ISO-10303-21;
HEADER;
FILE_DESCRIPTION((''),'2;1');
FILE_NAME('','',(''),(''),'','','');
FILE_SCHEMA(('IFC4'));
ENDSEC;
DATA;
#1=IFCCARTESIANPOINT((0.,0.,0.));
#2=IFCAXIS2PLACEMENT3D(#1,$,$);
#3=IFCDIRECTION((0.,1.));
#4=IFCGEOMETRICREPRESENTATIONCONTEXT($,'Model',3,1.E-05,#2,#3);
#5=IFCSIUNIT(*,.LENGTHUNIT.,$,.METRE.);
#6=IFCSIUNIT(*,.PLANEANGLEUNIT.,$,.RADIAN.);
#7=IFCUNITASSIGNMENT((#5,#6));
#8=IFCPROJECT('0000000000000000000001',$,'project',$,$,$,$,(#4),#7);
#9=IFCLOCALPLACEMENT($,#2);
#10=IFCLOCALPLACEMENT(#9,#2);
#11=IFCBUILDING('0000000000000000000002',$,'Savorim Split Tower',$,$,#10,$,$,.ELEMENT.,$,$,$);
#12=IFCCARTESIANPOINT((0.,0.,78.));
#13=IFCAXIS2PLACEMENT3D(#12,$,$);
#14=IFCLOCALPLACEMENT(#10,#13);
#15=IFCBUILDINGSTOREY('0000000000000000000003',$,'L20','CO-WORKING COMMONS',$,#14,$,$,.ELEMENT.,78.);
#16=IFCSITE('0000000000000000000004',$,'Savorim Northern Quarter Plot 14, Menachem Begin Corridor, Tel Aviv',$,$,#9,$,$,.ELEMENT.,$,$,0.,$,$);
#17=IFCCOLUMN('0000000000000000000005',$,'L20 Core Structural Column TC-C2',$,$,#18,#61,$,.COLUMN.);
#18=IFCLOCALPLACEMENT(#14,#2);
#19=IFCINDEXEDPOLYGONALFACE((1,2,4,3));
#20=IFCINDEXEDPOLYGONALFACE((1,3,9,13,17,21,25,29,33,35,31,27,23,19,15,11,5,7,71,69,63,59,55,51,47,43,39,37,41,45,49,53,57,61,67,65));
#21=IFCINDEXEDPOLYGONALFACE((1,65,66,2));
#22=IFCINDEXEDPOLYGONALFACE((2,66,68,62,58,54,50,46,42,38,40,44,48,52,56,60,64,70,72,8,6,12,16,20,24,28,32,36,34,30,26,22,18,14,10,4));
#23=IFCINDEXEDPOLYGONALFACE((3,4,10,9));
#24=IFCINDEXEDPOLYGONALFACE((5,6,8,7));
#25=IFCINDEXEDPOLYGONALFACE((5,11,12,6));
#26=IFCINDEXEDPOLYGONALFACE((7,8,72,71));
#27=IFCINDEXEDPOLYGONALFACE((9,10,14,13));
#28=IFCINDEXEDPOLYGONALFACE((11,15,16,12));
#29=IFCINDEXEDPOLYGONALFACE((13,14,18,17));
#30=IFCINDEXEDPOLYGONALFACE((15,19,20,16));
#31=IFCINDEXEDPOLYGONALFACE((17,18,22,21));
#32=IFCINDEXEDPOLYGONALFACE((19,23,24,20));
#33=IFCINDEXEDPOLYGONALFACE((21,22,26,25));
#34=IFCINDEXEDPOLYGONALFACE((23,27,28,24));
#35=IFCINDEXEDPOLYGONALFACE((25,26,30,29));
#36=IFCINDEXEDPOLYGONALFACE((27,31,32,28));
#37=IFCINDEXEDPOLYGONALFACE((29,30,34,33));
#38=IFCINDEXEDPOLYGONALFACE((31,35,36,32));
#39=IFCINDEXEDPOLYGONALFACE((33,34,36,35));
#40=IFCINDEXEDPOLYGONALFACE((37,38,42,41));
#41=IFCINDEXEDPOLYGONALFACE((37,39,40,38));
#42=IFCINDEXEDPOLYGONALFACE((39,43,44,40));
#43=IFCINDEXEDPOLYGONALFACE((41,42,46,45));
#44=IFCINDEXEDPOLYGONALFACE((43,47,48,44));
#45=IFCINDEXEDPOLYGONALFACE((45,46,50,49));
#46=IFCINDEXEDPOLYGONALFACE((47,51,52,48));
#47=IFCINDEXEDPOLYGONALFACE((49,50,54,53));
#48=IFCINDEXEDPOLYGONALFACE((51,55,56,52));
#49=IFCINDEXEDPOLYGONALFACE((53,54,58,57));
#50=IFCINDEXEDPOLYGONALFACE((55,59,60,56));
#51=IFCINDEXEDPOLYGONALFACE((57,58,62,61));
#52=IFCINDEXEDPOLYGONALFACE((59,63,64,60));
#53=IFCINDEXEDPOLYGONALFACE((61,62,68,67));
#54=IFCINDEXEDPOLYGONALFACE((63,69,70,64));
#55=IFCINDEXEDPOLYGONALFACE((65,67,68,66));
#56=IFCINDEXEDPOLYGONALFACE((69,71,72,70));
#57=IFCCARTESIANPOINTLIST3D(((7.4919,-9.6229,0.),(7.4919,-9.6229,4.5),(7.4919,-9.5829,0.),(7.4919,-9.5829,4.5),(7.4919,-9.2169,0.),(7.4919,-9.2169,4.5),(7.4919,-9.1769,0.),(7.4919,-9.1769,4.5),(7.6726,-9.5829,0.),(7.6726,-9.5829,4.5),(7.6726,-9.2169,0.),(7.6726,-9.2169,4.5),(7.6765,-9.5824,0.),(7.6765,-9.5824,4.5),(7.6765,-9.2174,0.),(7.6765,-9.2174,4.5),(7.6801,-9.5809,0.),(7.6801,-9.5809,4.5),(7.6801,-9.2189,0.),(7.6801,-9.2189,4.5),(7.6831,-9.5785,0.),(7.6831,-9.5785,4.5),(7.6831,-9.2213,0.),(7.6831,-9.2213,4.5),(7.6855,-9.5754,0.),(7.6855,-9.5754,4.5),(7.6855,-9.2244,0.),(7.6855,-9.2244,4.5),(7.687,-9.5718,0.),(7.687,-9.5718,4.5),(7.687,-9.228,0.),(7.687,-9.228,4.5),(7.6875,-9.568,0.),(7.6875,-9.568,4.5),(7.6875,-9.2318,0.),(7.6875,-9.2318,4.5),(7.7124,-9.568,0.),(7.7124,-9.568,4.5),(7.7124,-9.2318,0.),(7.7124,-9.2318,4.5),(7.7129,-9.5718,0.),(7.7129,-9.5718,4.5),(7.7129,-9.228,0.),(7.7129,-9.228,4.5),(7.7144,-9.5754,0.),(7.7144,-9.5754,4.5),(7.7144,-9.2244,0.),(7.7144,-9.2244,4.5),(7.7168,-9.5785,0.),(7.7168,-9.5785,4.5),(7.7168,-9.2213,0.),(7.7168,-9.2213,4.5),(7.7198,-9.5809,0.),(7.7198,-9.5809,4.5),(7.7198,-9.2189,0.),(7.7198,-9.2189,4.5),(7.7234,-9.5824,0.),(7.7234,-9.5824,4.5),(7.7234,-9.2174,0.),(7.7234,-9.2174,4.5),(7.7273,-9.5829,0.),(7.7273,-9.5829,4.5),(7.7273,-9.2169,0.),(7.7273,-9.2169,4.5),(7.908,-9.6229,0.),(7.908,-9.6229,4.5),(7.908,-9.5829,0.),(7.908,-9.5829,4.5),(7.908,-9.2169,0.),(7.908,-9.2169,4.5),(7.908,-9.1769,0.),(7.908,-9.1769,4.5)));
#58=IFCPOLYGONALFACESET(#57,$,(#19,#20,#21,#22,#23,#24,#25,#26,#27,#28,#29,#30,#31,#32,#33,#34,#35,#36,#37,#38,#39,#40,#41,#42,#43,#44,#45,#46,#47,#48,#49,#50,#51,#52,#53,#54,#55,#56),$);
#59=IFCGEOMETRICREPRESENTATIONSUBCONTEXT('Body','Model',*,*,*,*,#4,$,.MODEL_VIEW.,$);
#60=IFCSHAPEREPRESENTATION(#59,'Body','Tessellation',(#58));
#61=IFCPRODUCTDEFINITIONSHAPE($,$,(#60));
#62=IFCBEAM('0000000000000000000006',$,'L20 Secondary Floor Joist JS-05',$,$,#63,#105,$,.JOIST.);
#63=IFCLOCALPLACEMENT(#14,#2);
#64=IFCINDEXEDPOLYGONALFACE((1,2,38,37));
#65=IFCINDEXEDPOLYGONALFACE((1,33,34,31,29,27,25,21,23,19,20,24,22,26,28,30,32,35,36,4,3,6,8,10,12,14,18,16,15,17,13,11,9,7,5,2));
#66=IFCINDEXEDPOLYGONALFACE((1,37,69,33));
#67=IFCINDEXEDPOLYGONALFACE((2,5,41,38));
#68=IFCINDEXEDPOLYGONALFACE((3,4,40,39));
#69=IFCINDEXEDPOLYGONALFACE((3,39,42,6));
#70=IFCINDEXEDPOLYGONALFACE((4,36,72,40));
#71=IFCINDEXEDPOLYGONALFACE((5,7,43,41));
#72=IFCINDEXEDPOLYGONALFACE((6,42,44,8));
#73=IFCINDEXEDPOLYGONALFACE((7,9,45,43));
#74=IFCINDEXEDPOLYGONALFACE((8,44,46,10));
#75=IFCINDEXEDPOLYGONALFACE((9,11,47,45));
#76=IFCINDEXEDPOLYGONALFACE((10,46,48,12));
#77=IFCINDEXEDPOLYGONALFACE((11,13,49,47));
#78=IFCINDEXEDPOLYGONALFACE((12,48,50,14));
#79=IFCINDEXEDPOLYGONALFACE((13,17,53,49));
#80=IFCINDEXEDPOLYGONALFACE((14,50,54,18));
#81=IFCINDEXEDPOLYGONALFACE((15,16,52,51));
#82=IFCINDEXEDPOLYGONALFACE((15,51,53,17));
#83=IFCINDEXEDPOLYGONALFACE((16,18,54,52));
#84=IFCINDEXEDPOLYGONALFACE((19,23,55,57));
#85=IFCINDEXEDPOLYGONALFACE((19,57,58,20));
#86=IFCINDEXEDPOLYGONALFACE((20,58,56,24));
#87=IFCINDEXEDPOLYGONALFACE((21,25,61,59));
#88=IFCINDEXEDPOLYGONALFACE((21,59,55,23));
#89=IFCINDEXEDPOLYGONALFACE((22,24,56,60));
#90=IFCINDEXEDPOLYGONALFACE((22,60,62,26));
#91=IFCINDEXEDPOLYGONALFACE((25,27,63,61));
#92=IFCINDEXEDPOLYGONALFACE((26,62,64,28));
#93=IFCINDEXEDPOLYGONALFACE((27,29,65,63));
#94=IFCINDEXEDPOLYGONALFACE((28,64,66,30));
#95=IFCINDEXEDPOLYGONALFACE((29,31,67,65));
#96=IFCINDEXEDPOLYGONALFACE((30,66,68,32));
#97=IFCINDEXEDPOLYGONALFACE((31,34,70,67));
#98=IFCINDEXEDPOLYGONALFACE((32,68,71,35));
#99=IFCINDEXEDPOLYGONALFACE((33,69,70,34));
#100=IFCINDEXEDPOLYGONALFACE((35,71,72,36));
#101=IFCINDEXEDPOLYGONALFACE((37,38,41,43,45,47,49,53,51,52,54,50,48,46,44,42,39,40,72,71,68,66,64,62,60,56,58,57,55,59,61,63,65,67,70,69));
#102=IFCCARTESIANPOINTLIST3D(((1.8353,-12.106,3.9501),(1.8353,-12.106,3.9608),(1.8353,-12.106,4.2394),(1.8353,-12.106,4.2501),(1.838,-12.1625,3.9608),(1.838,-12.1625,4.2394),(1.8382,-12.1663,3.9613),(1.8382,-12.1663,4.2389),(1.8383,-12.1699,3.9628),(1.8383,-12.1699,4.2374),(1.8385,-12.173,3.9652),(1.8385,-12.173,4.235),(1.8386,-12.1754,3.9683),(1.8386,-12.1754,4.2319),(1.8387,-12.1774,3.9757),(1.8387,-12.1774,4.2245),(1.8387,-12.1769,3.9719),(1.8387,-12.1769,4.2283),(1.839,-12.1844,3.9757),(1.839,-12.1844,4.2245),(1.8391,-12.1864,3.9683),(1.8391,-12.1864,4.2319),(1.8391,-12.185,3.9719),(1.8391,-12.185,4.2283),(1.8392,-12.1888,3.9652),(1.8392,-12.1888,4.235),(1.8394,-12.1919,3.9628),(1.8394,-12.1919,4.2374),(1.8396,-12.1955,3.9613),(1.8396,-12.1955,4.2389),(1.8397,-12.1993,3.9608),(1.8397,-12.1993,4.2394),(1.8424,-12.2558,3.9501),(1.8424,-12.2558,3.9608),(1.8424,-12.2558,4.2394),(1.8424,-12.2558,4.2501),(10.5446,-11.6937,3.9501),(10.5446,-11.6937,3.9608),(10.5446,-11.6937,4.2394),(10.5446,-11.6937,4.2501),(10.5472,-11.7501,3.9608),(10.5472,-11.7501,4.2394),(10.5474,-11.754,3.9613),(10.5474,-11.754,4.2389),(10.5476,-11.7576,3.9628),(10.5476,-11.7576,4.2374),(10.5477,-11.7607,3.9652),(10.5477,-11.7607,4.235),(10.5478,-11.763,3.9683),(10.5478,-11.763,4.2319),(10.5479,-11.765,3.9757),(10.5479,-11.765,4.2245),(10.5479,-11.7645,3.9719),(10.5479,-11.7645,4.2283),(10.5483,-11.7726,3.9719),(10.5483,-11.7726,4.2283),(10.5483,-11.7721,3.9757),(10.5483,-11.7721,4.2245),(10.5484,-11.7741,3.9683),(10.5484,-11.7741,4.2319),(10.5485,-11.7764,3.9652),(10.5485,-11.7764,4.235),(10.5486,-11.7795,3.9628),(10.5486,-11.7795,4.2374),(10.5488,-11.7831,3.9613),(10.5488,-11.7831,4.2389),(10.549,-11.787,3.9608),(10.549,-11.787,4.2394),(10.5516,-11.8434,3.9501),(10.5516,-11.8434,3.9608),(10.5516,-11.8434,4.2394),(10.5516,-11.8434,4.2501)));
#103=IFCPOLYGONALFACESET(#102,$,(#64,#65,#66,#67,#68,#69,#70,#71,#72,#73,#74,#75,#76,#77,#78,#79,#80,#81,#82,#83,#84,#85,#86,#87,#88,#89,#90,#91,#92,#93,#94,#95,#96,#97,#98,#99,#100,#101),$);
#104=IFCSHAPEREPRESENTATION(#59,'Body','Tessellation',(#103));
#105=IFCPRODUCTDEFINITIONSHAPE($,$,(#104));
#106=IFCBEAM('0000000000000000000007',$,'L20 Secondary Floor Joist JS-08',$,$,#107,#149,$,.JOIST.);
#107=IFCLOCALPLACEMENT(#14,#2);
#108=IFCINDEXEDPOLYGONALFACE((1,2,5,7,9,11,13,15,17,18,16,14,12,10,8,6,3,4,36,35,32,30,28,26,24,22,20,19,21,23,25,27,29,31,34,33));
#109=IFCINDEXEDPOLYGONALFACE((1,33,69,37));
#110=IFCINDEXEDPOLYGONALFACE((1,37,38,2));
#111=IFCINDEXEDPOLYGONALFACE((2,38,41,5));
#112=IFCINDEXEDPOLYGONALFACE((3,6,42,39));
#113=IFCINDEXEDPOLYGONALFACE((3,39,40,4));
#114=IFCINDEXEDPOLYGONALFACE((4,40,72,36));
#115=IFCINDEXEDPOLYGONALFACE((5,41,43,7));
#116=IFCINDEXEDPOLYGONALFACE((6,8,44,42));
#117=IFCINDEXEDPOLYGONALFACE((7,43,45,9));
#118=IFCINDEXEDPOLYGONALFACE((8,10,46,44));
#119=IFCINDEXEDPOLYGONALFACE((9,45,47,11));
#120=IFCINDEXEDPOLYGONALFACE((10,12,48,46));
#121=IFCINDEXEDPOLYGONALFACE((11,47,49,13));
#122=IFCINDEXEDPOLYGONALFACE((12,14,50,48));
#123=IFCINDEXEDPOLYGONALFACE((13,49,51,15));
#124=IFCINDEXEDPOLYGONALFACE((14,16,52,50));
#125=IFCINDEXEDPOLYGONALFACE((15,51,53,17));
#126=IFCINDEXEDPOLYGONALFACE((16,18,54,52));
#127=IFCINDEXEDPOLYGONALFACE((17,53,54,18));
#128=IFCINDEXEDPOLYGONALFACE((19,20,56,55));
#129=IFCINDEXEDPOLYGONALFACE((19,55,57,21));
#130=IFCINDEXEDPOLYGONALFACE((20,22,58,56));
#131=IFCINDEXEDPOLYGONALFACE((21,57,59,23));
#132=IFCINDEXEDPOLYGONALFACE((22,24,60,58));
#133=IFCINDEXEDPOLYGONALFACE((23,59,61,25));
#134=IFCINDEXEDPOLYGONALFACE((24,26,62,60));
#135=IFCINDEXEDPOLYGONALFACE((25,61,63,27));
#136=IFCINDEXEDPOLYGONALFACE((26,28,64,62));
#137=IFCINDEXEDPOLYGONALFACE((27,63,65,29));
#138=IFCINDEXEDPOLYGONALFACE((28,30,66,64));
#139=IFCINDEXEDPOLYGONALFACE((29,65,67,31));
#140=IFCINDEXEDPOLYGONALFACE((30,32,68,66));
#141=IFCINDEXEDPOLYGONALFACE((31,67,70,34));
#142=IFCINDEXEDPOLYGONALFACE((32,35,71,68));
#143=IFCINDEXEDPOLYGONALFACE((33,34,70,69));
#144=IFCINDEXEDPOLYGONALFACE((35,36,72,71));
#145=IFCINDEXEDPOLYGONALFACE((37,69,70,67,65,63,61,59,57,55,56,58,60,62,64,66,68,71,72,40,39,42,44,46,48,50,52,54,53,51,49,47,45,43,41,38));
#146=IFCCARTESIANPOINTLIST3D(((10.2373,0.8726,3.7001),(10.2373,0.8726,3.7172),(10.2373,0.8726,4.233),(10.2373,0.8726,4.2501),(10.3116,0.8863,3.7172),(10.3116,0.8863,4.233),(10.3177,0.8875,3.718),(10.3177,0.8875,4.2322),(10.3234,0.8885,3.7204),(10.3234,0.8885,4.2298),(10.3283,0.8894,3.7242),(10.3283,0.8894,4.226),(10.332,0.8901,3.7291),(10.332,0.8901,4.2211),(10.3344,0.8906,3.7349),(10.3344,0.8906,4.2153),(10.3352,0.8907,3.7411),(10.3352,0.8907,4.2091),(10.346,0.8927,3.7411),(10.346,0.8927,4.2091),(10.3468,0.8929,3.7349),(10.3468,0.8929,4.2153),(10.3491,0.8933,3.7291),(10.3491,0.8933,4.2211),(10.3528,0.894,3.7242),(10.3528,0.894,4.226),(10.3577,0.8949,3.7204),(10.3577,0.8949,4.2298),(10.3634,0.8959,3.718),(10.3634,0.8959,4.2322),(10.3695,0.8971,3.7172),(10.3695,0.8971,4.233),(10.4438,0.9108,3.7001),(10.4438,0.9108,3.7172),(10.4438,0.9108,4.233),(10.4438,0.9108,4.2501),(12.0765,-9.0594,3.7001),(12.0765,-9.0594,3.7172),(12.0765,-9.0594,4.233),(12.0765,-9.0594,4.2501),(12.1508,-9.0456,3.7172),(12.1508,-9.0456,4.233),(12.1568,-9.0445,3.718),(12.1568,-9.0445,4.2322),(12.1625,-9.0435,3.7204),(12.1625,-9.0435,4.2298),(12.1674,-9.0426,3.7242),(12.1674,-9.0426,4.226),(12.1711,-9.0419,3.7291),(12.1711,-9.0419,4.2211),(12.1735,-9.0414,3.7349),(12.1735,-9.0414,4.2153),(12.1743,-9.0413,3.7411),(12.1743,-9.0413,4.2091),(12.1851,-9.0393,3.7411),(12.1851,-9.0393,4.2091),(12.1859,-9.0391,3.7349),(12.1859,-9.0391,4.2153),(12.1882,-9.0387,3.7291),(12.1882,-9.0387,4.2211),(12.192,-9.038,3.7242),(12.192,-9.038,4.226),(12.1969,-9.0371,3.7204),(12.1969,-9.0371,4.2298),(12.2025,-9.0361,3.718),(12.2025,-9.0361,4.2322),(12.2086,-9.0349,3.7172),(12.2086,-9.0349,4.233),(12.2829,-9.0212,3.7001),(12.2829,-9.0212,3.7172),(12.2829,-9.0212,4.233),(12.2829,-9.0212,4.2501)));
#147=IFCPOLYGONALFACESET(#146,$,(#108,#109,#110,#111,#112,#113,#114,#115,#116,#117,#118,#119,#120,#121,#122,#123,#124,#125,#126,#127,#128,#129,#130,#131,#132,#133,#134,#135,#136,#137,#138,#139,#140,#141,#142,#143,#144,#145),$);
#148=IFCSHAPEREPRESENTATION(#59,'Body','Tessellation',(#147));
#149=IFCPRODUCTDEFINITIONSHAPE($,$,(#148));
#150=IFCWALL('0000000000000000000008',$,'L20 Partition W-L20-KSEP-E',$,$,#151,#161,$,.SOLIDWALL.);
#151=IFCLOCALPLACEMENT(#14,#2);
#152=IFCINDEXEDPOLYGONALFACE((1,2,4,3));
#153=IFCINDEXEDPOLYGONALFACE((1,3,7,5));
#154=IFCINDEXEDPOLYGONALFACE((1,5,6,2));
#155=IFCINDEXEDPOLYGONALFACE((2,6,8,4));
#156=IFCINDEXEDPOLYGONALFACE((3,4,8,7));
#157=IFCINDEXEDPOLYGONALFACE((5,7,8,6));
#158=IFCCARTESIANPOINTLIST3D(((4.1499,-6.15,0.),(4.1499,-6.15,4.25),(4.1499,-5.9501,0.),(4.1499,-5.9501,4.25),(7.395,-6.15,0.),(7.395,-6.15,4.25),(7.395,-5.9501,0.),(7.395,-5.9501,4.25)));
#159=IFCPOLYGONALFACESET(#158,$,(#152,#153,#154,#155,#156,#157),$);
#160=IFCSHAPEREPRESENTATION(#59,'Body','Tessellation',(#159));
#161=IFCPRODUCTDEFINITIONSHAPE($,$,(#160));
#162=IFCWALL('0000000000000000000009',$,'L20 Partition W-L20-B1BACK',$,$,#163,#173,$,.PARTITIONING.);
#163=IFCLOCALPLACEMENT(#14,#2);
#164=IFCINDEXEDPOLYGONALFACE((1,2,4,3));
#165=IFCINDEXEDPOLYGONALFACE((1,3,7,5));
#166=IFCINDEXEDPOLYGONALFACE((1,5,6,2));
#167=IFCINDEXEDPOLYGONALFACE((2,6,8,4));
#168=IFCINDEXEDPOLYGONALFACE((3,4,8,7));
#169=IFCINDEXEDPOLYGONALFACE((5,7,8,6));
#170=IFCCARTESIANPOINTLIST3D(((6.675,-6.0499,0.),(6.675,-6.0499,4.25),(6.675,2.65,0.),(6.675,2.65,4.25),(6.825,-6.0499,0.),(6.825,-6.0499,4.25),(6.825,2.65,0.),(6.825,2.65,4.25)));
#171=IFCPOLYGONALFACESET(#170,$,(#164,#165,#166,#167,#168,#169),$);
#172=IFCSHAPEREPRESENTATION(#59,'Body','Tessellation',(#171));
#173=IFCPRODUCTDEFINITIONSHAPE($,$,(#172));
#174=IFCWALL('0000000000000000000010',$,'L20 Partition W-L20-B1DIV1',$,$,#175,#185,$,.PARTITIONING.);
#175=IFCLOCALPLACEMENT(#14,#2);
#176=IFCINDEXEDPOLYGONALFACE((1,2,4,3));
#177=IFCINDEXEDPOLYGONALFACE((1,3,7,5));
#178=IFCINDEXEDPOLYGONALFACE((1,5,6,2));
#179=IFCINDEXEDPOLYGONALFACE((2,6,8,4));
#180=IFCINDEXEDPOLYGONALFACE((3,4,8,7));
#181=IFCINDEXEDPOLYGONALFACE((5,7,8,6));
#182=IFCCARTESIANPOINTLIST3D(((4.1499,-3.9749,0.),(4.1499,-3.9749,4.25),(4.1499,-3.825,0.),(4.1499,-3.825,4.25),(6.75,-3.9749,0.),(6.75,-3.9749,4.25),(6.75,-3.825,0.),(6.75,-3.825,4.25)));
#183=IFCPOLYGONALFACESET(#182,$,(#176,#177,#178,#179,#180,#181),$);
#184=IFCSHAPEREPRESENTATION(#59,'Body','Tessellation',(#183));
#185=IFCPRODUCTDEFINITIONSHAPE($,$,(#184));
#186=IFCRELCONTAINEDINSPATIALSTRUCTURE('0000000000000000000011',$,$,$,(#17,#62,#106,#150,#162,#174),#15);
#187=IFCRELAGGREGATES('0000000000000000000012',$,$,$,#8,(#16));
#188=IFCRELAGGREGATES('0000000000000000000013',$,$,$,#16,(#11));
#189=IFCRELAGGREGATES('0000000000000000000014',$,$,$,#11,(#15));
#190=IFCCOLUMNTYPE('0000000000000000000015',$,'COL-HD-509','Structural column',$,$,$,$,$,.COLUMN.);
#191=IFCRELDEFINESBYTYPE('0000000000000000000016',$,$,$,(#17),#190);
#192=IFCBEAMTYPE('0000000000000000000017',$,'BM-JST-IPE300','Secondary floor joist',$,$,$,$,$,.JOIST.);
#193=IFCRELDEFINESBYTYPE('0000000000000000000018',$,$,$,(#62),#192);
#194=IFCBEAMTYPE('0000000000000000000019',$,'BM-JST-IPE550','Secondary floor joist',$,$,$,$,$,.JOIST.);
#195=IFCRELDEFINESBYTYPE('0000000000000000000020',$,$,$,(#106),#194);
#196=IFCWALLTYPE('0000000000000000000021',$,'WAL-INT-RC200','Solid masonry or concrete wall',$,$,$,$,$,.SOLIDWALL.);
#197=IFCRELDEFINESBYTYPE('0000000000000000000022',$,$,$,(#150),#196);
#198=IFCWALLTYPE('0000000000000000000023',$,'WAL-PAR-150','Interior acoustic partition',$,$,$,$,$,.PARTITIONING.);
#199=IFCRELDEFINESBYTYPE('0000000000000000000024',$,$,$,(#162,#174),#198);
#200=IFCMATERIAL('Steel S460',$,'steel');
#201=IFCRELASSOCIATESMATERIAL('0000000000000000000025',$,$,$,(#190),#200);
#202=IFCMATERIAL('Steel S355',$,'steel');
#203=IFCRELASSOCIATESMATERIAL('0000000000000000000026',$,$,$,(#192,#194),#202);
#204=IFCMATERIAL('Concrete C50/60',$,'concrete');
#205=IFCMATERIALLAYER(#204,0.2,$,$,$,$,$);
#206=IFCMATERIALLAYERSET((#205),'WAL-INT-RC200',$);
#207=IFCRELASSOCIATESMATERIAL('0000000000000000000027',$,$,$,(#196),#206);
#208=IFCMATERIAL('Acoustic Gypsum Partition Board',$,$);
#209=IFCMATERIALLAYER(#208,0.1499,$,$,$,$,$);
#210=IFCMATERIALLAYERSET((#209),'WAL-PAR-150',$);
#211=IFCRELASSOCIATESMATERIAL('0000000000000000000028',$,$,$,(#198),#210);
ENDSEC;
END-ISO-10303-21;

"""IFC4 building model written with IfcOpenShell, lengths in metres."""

from ifc_helpers import new_model, si_unit, direction, frame, frame_2d, origin, origin_2d, place, context, subcontext, project, spatial, rectangle, i_section, extrude, material, layer, layer_set, material_profile, profile_set, type_object, element, save


model = new_model("IFC4")

# Units and contexts
model_context = context("Model", 3, precision=1e-05, world=origin(), true_north=direction((0.0, 1.0)))
body_context = subcontext(model_context, "Body", "Model", "MODEL_VIEW")
ifc_project = project(units=[si_unit("LENGTHUNIT", "METRE"), si_unit("PLANEANGLEUNIT", "RADIAN")], contexts=[model_context])

# Site, building, storey
site_placement = place(None, origin())
site = spatial("IfcSite", under=ifc_project, at=site_placement, Name="Savorim Northern Quarter Plot 14, Menachem Begin Corridor, Tel Aviv", CompositionType="ELEMENT", RefElevation=0.0)
building_placement = place(site_placement, origin())
building = spatial("IfcBuilding", under=site, at=building_placement, Name="Savorim Split Tower", CompositionType="ELEMENT")
storey_placement = place(building_placement, frame((0.0, 0.0, 78.0)))
storey = spatial("IfcBuildingStorey", under=building, at=storey_placement, Name="L20", Description="CO-WORKING COMMONS", CompositionType="ELEMENT", Elevation=78.0)

# Column
ifc_material_1 = material(Name="Steel S460", Category="steel")
ifc_material_profile_1 = material_profile(ifc_material_1, i_section(OverallWidth=0.416, OverallDepth=0.446, WebThickness=0.0249, FlangeThickness=0.04, FilletRadius=0.0149, at=origin_2d()), Name="HD 400x509")
ifc_profile_set_1 = profile_set([ifc_material_profile_1], Name="Steel S460")
column_type = type_object("IfcColumnType", Name="COL-HD-509", Description="Structural column", PredefinedType="COLUMN", material=ifc_profile_set_1)
column_placement = place(storey_placement, frame((7.7, -9.3999, 0.0), z_axis=(0.0, 0.0, 1.0), x_axis=(1.0, 0.0, 0.0)))
element("IfcColumn", 1, at=column_placement, inside=storey, type_object=column_type, Name="L20 Core Structural Column TC-C2", PredefinedType="COLUMN", context=body_context, shape_type="SweptSolid", body=[
    extrude(i_section(OverallWidth=0.416, OverallDepth=0.446, WebThickness=0.0249, FlangeThickness=0.04, FilletRadius=0.0149, at=origin_2d()), origin(), (0.0, 0.0, 1.0), 4.5),
])

# Beams
ifc_material_2 = material(Name="Steel S355", Category="steel")
ifc_material_profile_2 = material_profile(ifc_material_2, i_section(OverallWidth=0.1499, OverallDepth=0.3, WebThickness=0.0071, FlangeThickness=0.0107, FilletRadius=0.0149, at=origin_2d()), Name="IPE 300")
ifc_profile_set_2 = profile_set([ifc_material_profile_2], Name="Steel S355")
beam_type_1 = type_object("IfcBeamType", Name="BM-JST-IPE300", Description="Secondary floor joist", PredefinedType="JOIST", material=ifc_profile_set_2)
beam_1_placement = place(storey_placement, frame((1.8389, -12.1809, 4.1001), z_axis=(0.998881, 0.047294, 0.0), x_axis=(-0.047294, 0.998881, 0.0)))
element("IfcBeam", 2, at=beam_1_placement, inside=storey, type_object=beam_type_1, Name="L20 Secondary Floor Joist JS-05", PredefinedType="JOIST", context=body_context, shape_type="SweptSolid", body=[
    extrude(i_section(OverallWidth=0.1499, OverallDepth=0.3, WebThickness=0.0071, FlangeThickness=0.0107, FilletRadius=0.0149, at=origin_2d()), origin(), (0.0, 0.0, 1.0), 8.719),
])
ifc_material_profile_3 = material_profile(ifc_material_2, i_section(OverallWidth=0.21, OverallDepth=0.55, WebThickness=0.011, FlangeThickness=0.0171, FilletRadius=0.0239, at=origin_2d()), Name="IPE 550")
ifc_profile_set_3 = profile_set([ifc_material_profile_3], Name="Steel S355")
beam_type_2 = type_object("IfcBeamType", Name="BM-JST-IPE550", Description="Secondary floor joist", PredefinedType="JOIST", material=ifc_profile_set_3)
beam_2_placement = place(storey_placement, frame((12.1797, -9.0403, 3.9751), z_axis=(-0.182077, 0.983284, 0.0), x_axis=(-0.983284, -0.182077, 0.0)))
element("IfcBeam", 3, at=beam_2_placement, inside=storey, type_object=beam_type_2, Name="L20 Secondary Floor Joist JS-08", PredefinedType="JOIST", context=body_context, shape_type="SweptSolid", body=[
    extrude(i_section(OverallWidth=0.21, OverallDepth=0.55, WebThickness=0.011, FlangeThickness=0.0171, FilletRadius=0.0239, at=origin_2d()), origin(), (0.0, 0.0, 1.0), 10.1008),
])

# Shared definitions
ifc_material_3 = material(Name="Concrete C50/60", Category="concrete")
ifc_layer_1 = layer(ifc_material_3, 0.2)
ifc_layer_set_1 = layer_set([ifc_layer_1], Name="WAL-INT-RC200")
wall_type_1 = type_object("IfcWallType", Name="WAL-INT-RC200", Description="Solid masonry or concrete wall", PredefinedType="SOLIDWALL", material=ifc_layer_set_1)

# Walls
wall_1_placement = place(storey_placement, frame((4.1499, -6.05, 0.0), z_axis=(0.0, 0.0, 1.0), x_axis=(1.0, 0.0, 0.0)))
element("IfcWall", 4, at=wall_1_placement, inside=storey, type_object=wall_type_1, Name="L20 Partition W-L20-KSEP-E", PredefinedType="SOLIDWALL", context=body_context, shape_type="SweptSolid", body=[
    extrude(rectangle(XDim=3.2451, YDim=0.2, at=frame_2d((1.6226, 0.0))), origin(), (0.0, 0.0, 1.0), 4.25),
])
ifc_material_4 = material(Name="Acoustic Gypsum Partition Board")
ifc_layer_2 = layer(ifc_material_4, 0.1499)
ifc_layer_set_2 = layer_set([ifc_layer_2], Name="WAL-PAR-150")
wall_type_2 = type_object("IfcWallType", Name="WAL-PAR-150", Description="Interior acoustic partition", PredefinedType="PARTITIONING", material=ifc_layer_set_2)
wall_2_placement = place(storey_placement, frame((6.75, -6.05, 0.0), z_axis=(0.0, 0.0, 1.0), x_axis=(0.0, 1.0, 0.0)))
element("IfcWall", 5, at=wall_2_placement, inside=storey, type_object=wall_type_2, Name="L20 Partition W-L20-B1BACK", PredefinedType="PARTITIONING", context=body_context, shape_type="SweptSolid", body=[
    extrude(rectangle(XDim=8.7, YDim=0.1499, at=frame_2d((4.3501, 0.0))), origin(), (0.0, 0.0, 1.0), 4.25),
])
for number, where, z_axis, x_axis, name in (
    (6, (4.1499, -3.8999, 0.0), (0.0, 0.0, 1.0), (1.0, 0.0, 0.0), "L20 Partition W-L20-B1DIV1"),
):
    element("IfcWall", number, at=place(storey_placement, frame(where, z_axis=z_axis, x_axis=x_axis)), inside=storey, type_object=wall_type_2, Name=name, PredefinedType="PARTITIONING", context=body_context, shape_type="SweptSolid", body=[
        extrude(rectangle(XDim=2.6001, YDim=0.1499, at=frame_2d((1.3, 0.0))), origin(), (0.0, 0.0, 1.0), 4.25),
    ])

save(model, "model.ifc")
